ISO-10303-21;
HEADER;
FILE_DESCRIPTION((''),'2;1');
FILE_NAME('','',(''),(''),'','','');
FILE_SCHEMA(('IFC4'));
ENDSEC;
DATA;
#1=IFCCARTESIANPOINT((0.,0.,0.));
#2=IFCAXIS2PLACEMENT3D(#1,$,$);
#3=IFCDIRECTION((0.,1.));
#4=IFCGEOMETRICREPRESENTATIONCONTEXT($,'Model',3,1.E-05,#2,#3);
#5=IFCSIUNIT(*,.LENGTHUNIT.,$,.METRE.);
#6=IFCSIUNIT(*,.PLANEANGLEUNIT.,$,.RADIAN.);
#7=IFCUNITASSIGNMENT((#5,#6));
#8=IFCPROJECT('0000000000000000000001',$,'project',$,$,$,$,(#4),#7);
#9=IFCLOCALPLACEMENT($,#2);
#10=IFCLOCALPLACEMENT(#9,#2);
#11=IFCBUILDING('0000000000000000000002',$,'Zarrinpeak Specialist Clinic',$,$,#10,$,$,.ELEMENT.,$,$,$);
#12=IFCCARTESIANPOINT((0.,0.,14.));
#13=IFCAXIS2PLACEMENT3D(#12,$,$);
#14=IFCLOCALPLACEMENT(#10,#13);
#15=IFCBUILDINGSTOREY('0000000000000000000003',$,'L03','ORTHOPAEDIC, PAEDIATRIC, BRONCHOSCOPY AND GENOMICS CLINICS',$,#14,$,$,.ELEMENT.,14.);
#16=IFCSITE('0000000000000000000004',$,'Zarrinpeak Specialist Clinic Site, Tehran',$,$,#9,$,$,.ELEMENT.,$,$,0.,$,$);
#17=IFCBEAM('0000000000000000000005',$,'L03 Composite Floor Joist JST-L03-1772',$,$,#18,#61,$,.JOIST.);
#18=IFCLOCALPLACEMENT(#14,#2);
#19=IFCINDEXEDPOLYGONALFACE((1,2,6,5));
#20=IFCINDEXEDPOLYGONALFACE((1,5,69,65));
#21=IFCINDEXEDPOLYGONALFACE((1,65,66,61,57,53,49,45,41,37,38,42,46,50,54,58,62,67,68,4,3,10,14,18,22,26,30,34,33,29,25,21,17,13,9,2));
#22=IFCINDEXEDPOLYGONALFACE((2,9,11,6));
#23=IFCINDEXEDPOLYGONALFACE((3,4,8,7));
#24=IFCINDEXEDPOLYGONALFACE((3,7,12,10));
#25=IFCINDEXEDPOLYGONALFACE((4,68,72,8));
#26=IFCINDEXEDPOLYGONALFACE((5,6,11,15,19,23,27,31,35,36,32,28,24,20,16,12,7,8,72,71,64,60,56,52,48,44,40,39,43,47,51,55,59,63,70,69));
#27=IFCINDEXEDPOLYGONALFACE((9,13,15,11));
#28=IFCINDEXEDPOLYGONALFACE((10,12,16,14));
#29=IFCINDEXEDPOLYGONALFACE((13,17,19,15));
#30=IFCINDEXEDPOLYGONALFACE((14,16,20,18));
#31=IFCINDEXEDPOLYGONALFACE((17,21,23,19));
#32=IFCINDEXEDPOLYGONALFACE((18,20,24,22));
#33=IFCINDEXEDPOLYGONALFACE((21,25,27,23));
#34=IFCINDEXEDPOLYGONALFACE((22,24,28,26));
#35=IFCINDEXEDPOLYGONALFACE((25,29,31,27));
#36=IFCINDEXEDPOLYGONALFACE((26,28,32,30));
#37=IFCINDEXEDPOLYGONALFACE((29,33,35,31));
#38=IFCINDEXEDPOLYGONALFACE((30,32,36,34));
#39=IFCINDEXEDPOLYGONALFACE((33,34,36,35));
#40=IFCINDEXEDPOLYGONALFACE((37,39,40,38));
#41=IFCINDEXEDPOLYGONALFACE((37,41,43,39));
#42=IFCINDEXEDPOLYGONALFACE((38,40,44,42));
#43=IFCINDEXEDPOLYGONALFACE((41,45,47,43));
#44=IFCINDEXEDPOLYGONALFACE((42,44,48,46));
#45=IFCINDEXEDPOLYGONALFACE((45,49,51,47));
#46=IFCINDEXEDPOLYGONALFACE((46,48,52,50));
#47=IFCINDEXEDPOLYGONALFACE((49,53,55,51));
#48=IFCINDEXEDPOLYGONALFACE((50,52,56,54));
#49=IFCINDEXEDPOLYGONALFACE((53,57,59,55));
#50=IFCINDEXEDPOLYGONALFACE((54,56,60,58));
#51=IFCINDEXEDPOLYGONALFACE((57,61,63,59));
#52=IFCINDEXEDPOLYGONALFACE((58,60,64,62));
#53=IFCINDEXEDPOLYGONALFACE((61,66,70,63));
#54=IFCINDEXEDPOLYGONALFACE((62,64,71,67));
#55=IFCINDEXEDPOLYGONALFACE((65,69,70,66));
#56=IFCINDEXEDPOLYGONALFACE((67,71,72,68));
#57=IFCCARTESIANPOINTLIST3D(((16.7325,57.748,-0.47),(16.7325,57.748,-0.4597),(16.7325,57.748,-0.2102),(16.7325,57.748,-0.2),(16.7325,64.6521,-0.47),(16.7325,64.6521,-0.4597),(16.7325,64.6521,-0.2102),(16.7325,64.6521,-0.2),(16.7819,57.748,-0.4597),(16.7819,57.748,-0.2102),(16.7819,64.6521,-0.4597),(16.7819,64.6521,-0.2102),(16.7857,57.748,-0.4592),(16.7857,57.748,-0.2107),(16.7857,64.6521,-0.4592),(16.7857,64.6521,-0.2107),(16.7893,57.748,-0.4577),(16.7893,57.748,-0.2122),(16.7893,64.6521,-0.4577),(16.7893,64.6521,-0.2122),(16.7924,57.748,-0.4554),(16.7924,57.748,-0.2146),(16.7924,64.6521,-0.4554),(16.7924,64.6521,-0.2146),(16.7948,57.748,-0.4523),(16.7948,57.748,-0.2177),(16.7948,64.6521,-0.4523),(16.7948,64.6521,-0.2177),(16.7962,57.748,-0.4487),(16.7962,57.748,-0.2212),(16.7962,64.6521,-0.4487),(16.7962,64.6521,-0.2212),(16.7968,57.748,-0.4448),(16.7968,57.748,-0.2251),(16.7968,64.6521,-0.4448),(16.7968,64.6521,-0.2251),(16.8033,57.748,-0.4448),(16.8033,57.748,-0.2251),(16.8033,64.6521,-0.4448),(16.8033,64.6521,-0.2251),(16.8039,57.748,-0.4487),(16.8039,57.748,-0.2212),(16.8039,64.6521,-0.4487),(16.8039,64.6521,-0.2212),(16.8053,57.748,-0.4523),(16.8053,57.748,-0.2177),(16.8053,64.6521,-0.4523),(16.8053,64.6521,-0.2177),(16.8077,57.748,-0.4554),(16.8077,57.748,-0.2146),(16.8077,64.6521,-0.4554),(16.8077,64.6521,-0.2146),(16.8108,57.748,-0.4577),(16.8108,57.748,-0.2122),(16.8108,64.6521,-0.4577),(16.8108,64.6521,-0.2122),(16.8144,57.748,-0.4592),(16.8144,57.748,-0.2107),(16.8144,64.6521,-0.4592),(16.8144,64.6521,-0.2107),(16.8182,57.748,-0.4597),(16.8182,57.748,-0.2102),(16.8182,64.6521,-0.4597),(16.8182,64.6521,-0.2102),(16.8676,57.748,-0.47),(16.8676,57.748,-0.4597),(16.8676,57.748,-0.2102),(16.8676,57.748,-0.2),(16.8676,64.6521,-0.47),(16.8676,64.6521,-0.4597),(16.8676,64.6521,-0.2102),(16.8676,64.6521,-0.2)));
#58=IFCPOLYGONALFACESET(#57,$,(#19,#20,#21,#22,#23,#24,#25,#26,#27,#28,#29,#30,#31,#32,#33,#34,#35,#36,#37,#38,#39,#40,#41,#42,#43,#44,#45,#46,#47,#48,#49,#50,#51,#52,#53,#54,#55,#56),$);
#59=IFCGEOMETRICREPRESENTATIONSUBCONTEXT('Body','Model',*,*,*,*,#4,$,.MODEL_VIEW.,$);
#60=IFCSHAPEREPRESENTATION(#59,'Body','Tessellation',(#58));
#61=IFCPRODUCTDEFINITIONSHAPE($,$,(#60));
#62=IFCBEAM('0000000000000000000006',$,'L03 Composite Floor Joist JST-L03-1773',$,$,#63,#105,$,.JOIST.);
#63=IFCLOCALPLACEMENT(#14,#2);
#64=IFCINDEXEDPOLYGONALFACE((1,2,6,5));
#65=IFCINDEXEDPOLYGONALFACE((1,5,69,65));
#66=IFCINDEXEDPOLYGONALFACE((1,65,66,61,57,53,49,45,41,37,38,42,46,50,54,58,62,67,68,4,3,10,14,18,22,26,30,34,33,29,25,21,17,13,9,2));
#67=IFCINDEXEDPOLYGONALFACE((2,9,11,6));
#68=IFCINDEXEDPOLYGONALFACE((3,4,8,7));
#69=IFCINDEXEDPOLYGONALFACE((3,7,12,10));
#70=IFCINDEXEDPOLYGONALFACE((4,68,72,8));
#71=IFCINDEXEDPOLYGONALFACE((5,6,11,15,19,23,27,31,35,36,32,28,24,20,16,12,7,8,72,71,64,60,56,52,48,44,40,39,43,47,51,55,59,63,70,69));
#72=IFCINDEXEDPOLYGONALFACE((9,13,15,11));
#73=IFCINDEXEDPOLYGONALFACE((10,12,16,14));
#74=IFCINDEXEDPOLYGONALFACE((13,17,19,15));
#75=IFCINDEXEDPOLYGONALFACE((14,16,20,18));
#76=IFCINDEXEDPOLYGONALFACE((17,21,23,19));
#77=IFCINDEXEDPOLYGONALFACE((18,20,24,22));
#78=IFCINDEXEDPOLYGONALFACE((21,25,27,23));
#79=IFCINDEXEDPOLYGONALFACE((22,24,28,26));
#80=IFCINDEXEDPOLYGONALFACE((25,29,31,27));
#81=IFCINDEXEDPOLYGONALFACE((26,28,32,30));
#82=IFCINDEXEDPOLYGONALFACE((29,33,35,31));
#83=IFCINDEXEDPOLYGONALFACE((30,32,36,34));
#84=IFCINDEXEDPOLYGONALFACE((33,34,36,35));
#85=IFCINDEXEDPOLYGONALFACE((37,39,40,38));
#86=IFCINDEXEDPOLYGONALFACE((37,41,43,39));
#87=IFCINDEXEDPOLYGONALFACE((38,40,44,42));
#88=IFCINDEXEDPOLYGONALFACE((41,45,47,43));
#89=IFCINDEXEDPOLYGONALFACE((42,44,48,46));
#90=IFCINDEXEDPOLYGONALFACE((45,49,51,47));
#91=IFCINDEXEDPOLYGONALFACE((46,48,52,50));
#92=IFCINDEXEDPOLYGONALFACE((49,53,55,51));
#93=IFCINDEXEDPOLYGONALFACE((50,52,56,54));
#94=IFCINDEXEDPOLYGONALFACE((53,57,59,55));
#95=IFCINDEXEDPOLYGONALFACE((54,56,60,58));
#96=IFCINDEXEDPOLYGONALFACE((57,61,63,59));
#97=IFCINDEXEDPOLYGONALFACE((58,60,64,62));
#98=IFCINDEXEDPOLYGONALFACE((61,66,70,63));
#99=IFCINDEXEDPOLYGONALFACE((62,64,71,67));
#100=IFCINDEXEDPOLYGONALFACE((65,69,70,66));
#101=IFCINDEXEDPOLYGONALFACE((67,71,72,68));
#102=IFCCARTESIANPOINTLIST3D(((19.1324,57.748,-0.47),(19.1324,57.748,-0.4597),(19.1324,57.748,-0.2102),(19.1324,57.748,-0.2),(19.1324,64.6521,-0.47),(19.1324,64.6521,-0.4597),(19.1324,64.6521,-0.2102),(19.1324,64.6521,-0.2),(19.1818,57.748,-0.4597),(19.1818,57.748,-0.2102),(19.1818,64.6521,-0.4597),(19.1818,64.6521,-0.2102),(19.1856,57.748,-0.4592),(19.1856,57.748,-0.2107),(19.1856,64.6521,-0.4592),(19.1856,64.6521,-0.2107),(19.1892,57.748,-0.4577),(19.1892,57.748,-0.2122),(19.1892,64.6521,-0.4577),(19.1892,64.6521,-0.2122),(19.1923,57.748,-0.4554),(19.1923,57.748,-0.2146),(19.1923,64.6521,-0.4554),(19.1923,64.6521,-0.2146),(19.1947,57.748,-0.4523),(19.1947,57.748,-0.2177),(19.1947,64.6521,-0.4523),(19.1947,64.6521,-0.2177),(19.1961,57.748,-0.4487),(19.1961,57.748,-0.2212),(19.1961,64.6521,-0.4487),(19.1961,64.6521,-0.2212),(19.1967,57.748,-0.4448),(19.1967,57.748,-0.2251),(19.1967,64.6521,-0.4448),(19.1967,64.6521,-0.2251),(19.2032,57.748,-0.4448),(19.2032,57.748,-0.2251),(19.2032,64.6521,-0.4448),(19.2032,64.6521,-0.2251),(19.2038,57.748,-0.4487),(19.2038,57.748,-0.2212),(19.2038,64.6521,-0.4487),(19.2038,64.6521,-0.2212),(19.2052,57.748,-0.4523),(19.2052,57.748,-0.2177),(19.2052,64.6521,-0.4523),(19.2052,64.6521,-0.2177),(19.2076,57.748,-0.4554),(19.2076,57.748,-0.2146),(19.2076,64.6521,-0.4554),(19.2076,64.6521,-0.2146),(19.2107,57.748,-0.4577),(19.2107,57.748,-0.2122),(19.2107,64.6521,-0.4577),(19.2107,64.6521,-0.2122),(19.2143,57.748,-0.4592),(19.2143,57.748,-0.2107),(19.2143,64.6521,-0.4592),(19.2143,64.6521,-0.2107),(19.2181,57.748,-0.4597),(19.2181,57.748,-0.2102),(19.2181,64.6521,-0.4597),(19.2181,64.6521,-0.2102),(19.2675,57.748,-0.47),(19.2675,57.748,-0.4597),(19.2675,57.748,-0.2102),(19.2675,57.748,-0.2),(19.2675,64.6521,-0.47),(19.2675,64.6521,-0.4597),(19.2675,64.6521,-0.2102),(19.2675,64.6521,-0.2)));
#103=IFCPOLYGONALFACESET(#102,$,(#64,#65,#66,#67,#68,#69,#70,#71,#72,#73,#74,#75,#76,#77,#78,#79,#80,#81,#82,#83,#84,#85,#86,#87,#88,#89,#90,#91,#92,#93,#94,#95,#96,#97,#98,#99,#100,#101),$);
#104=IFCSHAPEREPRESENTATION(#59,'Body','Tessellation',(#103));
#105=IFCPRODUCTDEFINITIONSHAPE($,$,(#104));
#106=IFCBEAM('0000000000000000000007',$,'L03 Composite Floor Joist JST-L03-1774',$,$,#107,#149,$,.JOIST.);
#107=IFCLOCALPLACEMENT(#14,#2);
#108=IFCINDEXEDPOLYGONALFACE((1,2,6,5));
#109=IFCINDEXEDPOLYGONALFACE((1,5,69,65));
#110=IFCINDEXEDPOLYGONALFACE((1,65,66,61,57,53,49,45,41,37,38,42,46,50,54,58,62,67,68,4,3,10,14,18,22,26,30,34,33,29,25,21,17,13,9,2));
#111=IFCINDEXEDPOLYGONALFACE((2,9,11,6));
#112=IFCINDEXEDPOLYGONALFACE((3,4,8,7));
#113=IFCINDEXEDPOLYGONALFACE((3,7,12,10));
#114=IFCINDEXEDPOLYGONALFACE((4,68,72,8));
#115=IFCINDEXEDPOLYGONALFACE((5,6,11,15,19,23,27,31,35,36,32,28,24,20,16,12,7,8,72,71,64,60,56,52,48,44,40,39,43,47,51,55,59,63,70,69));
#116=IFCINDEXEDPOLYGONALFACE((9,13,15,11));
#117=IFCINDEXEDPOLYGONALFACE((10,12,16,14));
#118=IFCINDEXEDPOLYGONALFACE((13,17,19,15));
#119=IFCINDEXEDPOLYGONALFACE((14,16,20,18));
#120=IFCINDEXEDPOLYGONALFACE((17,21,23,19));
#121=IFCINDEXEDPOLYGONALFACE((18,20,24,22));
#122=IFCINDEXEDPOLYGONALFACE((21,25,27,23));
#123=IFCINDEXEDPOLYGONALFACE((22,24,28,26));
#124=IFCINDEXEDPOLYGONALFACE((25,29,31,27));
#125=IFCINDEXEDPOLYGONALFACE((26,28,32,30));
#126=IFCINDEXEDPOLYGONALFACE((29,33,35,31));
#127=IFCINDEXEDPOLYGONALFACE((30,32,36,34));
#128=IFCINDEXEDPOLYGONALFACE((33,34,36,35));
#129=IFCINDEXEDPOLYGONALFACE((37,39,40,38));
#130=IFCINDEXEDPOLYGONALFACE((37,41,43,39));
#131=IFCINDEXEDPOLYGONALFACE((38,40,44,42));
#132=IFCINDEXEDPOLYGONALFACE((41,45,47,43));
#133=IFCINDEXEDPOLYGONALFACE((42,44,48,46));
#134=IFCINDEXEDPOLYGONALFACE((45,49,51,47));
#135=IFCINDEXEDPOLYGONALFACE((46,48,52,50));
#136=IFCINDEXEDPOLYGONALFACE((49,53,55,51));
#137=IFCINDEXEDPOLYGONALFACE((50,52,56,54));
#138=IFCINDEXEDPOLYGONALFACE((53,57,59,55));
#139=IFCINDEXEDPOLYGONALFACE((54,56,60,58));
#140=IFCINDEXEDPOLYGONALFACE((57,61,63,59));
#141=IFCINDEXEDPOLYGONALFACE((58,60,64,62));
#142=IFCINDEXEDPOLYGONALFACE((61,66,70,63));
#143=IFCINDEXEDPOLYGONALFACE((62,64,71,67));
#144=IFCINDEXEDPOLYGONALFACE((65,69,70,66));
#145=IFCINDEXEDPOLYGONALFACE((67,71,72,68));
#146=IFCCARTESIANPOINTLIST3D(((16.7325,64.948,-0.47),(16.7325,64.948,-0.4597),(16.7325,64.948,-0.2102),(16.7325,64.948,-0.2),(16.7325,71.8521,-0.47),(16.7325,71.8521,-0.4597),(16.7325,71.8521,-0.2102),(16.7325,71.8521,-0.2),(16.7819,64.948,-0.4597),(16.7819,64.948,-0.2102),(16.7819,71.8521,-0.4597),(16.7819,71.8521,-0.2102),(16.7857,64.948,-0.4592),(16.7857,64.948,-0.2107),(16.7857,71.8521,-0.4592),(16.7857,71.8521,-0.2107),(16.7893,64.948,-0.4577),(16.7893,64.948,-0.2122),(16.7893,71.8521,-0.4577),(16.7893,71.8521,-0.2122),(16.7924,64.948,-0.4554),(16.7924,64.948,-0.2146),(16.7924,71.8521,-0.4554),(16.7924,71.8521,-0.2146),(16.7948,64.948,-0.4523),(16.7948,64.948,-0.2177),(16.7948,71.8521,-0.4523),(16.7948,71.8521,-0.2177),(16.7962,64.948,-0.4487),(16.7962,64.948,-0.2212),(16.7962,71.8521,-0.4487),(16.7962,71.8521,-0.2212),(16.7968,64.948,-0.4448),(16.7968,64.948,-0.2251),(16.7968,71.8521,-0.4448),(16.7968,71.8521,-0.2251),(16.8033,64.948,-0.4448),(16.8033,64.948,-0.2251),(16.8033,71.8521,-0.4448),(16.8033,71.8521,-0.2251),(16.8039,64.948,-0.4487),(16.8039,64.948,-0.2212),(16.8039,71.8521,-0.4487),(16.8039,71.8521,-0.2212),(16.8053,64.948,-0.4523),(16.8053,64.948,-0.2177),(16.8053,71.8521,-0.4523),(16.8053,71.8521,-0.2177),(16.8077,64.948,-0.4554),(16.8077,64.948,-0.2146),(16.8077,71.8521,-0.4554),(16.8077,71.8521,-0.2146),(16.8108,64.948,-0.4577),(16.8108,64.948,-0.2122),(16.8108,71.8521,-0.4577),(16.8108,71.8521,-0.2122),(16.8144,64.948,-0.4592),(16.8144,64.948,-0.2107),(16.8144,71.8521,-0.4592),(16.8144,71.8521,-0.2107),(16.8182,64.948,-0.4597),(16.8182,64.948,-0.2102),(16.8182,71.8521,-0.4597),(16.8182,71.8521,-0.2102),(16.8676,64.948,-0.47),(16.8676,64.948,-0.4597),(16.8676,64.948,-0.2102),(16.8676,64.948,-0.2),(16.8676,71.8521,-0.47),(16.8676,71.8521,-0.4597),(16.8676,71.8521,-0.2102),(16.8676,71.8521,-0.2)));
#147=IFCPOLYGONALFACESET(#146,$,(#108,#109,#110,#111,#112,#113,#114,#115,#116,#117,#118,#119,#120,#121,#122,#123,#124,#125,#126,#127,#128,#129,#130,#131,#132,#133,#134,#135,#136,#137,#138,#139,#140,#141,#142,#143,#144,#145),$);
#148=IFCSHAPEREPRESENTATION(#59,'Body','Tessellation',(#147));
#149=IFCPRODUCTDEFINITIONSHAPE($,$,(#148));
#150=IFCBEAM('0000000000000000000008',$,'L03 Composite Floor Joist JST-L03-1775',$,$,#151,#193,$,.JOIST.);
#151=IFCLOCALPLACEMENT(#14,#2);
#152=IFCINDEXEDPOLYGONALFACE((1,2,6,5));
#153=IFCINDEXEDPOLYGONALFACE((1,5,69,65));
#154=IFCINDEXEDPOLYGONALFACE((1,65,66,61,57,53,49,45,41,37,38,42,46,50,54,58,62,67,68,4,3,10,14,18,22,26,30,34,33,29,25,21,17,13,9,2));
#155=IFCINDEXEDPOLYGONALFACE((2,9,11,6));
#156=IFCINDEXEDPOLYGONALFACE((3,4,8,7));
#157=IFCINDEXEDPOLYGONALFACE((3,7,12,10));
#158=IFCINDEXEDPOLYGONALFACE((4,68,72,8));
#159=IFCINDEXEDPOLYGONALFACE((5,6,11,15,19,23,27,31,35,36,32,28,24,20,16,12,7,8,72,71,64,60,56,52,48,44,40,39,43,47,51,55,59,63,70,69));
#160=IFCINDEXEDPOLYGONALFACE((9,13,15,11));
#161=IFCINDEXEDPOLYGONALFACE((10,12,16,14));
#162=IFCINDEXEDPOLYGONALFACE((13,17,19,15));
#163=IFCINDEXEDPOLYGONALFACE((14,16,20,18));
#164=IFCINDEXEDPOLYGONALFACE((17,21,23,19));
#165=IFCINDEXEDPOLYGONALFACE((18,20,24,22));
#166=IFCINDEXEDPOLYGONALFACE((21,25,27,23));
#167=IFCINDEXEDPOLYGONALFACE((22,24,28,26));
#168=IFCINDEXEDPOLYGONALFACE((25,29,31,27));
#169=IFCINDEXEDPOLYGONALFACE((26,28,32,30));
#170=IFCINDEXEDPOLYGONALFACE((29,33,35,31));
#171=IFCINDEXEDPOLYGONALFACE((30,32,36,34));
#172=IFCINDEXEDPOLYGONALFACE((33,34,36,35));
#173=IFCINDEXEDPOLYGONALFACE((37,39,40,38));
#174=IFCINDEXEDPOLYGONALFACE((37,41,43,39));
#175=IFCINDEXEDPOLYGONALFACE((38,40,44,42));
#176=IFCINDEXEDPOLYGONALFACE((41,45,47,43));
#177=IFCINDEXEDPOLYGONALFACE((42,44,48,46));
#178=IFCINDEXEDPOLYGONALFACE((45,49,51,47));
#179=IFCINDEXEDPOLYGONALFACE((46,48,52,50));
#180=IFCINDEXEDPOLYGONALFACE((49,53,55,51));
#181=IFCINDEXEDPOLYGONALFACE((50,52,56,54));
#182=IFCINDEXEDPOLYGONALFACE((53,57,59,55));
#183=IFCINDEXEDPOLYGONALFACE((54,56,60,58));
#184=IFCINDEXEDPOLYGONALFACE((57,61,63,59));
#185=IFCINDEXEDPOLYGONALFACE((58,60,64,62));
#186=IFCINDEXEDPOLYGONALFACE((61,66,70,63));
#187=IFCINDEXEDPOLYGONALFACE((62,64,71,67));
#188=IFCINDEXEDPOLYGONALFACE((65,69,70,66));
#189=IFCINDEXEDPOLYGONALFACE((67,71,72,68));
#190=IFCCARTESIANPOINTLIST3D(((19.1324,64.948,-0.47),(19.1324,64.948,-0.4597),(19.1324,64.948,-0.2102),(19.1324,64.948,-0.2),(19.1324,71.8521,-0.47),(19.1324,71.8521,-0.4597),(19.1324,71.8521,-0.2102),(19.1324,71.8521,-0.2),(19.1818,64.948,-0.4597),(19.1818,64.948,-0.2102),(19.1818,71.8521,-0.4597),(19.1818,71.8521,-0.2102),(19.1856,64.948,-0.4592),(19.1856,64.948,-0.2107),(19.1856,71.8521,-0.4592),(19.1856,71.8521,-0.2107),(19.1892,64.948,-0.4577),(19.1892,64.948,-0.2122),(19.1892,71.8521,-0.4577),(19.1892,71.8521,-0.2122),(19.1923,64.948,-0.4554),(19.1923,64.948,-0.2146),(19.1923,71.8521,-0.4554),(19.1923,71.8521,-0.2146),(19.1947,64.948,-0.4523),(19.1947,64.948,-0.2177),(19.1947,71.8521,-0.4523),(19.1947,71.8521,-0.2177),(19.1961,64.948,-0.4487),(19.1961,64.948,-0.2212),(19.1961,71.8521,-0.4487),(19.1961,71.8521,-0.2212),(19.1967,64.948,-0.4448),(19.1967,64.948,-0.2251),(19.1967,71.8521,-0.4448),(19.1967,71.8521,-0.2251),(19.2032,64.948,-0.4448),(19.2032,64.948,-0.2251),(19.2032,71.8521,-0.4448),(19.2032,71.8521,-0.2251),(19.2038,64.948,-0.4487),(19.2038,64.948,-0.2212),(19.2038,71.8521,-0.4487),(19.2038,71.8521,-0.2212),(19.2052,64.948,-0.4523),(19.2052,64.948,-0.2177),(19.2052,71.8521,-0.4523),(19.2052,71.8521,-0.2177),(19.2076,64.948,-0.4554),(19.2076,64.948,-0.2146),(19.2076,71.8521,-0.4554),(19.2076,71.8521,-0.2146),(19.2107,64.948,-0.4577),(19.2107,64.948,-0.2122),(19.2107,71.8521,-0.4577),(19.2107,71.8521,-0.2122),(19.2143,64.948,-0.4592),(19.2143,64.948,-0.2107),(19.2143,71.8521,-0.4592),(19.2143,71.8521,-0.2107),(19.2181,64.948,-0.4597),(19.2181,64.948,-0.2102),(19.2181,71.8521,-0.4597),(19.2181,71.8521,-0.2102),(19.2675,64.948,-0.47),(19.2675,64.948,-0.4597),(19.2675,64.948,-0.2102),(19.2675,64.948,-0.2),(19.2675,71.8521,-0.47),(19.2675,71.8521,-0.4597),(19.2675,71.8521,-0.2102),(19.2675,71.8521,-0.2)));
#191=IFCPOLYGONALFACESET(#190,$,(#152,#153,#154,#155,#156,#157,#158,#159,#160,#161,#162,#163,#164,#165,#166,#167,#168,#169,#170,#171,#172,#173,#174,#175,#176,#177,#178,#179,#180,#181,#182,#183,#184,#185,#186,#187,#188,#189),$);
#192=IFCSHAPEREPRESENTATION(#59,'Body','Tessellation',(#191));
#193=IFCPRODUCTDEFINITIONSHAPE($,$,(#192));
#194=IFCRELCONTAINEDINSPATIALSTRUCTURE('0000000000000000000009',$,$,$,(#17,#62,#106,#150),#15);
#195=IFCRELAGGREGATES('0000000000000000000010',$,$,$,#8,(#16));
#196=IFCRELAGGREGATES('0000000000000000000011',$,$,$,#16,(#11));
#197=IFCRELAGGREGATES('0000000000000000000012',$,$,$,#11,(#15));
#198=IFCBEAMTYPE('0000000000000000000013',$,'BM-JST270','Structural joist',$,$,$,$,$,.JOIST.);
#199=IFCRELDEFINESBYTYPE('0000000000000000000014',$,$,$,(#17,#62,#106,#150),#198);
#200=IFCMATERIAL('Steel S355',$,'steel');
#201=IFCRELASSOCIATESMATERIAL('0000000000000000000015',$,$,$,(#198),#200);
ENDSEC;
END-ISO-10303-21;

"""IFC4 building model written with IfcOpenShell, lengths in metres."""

from ifc_helpers import new_model, si_unit, direction, frame, origin, origin_2d, place, context, subcontext, project, spatial, i_section, extrude, material, material_profile, profile_set, type_object, element, save


model = new_model("IFC4")

# Units and contexts
model_context = context("Model", 3, precision=1e-05, world=origin(), true_north=direction((0.0, 1.0)))
body_context = subcontext(model_context, "Body", "Model", "MODEL_VIEW")
ifc_project = project(units=[si_unit("LENGTHUNIT", "METRE"), si_unit("PLANEANGLEUNIT", "RADIAN")], contexts=[model_context])

# Site, building, storey
site_placement = place(None, origin())
site = spatial("IfcSite", under=ifc_project, at=site_placement, Name="Zarrinpeak Specialist Clinic Site, Tehran", CompositionType="ELEMENT", RefElevation=0.0)
building_placement = place(site_placement, origin())
building = spatial("IfcBuilding", under=site, at=building_placement, Name="Zarrinpeak Specialist Clinic", CompositionType="ELEMENT")
storey_placement = place(building_placement, frame((0.0, 0.0, 14.0)))
storey = spatial("IfcBuildingStorey", under=building, at=storey_placement, Name="L03", Description="ORTHOPAEDIC, PAEDIATRIC, BRONCHOSCOPY AND GENOMICS CLINICS", CompositionType="ELEMENT", Elevation=14.0)

# Shared definitions
ifc_material_1 = material(Name="Steel S355", Category="steel")

# Beams
ifc_material_profile_1 = material_profile(ifc_material_1, i_section(OverallWidth=0.135, OverallDepth=0.27, WebThickness=0.0066, FlangeThickness=0.0103, FilletRadius=0.0149, at=origin_2d()), Name="IPE 270")
ifc_profile_set_1 = profile_set([ifc_material_profile_1], Name="Steel S355")
beam_type_1 = type_object("IfcBeamType", Name="BM-JST270", Description="Structural joist", PredefinedType="JOIST", material=ifc_profile_set_1)
for number, where, z_axis, x_axis, name in (
    (1, (16.8, 57.748, -0.335), (0.0, 1.0, 0.0), (-1.0, 0.0, 0.0), "L03 Composite Floor Joist JST-L03-1772"),
    (2, (19.2, 57.748, -0.335), (0.0, 1.0, 0.0), (-1.0, 0.0, 0.0), "L03 Composite Floor Joist JST-L03-1773"),
    (3, (16.8, 64.948, -0.335), (0.0, 1.0, 0.0), (-1.0, 0.0, 0.0), "L03 Composite Floor Joist JST-L03-1774"),
    (4, (19.2, 64.948, -0.335), (0.0, 1.0, 0.0), (-1.0, 0.0, 0.0), "L03 Composite Floor Joist JST-L03-1775"),
):
    element("IfcBeam", number, at=place(storey_placement, frame(where, z_axis=z_axis, x_axis=x_axis)), inside=storey, type_object=beam_type_1, Name=name, PredefinedType="JOIST", context=body_context, shape_type="SweptSolid", body=[
        extrude(i_section(OverallWidth=0.135, OverallDepth=0.27, WebThickness=0.0066, FlangeThickness=0.0103, FilletRadius=0.0149, at=origin_2d()), origin(), (0.0, 0.0, 1.0), 6.9041),
    ])

save(model, "model.ifc")
